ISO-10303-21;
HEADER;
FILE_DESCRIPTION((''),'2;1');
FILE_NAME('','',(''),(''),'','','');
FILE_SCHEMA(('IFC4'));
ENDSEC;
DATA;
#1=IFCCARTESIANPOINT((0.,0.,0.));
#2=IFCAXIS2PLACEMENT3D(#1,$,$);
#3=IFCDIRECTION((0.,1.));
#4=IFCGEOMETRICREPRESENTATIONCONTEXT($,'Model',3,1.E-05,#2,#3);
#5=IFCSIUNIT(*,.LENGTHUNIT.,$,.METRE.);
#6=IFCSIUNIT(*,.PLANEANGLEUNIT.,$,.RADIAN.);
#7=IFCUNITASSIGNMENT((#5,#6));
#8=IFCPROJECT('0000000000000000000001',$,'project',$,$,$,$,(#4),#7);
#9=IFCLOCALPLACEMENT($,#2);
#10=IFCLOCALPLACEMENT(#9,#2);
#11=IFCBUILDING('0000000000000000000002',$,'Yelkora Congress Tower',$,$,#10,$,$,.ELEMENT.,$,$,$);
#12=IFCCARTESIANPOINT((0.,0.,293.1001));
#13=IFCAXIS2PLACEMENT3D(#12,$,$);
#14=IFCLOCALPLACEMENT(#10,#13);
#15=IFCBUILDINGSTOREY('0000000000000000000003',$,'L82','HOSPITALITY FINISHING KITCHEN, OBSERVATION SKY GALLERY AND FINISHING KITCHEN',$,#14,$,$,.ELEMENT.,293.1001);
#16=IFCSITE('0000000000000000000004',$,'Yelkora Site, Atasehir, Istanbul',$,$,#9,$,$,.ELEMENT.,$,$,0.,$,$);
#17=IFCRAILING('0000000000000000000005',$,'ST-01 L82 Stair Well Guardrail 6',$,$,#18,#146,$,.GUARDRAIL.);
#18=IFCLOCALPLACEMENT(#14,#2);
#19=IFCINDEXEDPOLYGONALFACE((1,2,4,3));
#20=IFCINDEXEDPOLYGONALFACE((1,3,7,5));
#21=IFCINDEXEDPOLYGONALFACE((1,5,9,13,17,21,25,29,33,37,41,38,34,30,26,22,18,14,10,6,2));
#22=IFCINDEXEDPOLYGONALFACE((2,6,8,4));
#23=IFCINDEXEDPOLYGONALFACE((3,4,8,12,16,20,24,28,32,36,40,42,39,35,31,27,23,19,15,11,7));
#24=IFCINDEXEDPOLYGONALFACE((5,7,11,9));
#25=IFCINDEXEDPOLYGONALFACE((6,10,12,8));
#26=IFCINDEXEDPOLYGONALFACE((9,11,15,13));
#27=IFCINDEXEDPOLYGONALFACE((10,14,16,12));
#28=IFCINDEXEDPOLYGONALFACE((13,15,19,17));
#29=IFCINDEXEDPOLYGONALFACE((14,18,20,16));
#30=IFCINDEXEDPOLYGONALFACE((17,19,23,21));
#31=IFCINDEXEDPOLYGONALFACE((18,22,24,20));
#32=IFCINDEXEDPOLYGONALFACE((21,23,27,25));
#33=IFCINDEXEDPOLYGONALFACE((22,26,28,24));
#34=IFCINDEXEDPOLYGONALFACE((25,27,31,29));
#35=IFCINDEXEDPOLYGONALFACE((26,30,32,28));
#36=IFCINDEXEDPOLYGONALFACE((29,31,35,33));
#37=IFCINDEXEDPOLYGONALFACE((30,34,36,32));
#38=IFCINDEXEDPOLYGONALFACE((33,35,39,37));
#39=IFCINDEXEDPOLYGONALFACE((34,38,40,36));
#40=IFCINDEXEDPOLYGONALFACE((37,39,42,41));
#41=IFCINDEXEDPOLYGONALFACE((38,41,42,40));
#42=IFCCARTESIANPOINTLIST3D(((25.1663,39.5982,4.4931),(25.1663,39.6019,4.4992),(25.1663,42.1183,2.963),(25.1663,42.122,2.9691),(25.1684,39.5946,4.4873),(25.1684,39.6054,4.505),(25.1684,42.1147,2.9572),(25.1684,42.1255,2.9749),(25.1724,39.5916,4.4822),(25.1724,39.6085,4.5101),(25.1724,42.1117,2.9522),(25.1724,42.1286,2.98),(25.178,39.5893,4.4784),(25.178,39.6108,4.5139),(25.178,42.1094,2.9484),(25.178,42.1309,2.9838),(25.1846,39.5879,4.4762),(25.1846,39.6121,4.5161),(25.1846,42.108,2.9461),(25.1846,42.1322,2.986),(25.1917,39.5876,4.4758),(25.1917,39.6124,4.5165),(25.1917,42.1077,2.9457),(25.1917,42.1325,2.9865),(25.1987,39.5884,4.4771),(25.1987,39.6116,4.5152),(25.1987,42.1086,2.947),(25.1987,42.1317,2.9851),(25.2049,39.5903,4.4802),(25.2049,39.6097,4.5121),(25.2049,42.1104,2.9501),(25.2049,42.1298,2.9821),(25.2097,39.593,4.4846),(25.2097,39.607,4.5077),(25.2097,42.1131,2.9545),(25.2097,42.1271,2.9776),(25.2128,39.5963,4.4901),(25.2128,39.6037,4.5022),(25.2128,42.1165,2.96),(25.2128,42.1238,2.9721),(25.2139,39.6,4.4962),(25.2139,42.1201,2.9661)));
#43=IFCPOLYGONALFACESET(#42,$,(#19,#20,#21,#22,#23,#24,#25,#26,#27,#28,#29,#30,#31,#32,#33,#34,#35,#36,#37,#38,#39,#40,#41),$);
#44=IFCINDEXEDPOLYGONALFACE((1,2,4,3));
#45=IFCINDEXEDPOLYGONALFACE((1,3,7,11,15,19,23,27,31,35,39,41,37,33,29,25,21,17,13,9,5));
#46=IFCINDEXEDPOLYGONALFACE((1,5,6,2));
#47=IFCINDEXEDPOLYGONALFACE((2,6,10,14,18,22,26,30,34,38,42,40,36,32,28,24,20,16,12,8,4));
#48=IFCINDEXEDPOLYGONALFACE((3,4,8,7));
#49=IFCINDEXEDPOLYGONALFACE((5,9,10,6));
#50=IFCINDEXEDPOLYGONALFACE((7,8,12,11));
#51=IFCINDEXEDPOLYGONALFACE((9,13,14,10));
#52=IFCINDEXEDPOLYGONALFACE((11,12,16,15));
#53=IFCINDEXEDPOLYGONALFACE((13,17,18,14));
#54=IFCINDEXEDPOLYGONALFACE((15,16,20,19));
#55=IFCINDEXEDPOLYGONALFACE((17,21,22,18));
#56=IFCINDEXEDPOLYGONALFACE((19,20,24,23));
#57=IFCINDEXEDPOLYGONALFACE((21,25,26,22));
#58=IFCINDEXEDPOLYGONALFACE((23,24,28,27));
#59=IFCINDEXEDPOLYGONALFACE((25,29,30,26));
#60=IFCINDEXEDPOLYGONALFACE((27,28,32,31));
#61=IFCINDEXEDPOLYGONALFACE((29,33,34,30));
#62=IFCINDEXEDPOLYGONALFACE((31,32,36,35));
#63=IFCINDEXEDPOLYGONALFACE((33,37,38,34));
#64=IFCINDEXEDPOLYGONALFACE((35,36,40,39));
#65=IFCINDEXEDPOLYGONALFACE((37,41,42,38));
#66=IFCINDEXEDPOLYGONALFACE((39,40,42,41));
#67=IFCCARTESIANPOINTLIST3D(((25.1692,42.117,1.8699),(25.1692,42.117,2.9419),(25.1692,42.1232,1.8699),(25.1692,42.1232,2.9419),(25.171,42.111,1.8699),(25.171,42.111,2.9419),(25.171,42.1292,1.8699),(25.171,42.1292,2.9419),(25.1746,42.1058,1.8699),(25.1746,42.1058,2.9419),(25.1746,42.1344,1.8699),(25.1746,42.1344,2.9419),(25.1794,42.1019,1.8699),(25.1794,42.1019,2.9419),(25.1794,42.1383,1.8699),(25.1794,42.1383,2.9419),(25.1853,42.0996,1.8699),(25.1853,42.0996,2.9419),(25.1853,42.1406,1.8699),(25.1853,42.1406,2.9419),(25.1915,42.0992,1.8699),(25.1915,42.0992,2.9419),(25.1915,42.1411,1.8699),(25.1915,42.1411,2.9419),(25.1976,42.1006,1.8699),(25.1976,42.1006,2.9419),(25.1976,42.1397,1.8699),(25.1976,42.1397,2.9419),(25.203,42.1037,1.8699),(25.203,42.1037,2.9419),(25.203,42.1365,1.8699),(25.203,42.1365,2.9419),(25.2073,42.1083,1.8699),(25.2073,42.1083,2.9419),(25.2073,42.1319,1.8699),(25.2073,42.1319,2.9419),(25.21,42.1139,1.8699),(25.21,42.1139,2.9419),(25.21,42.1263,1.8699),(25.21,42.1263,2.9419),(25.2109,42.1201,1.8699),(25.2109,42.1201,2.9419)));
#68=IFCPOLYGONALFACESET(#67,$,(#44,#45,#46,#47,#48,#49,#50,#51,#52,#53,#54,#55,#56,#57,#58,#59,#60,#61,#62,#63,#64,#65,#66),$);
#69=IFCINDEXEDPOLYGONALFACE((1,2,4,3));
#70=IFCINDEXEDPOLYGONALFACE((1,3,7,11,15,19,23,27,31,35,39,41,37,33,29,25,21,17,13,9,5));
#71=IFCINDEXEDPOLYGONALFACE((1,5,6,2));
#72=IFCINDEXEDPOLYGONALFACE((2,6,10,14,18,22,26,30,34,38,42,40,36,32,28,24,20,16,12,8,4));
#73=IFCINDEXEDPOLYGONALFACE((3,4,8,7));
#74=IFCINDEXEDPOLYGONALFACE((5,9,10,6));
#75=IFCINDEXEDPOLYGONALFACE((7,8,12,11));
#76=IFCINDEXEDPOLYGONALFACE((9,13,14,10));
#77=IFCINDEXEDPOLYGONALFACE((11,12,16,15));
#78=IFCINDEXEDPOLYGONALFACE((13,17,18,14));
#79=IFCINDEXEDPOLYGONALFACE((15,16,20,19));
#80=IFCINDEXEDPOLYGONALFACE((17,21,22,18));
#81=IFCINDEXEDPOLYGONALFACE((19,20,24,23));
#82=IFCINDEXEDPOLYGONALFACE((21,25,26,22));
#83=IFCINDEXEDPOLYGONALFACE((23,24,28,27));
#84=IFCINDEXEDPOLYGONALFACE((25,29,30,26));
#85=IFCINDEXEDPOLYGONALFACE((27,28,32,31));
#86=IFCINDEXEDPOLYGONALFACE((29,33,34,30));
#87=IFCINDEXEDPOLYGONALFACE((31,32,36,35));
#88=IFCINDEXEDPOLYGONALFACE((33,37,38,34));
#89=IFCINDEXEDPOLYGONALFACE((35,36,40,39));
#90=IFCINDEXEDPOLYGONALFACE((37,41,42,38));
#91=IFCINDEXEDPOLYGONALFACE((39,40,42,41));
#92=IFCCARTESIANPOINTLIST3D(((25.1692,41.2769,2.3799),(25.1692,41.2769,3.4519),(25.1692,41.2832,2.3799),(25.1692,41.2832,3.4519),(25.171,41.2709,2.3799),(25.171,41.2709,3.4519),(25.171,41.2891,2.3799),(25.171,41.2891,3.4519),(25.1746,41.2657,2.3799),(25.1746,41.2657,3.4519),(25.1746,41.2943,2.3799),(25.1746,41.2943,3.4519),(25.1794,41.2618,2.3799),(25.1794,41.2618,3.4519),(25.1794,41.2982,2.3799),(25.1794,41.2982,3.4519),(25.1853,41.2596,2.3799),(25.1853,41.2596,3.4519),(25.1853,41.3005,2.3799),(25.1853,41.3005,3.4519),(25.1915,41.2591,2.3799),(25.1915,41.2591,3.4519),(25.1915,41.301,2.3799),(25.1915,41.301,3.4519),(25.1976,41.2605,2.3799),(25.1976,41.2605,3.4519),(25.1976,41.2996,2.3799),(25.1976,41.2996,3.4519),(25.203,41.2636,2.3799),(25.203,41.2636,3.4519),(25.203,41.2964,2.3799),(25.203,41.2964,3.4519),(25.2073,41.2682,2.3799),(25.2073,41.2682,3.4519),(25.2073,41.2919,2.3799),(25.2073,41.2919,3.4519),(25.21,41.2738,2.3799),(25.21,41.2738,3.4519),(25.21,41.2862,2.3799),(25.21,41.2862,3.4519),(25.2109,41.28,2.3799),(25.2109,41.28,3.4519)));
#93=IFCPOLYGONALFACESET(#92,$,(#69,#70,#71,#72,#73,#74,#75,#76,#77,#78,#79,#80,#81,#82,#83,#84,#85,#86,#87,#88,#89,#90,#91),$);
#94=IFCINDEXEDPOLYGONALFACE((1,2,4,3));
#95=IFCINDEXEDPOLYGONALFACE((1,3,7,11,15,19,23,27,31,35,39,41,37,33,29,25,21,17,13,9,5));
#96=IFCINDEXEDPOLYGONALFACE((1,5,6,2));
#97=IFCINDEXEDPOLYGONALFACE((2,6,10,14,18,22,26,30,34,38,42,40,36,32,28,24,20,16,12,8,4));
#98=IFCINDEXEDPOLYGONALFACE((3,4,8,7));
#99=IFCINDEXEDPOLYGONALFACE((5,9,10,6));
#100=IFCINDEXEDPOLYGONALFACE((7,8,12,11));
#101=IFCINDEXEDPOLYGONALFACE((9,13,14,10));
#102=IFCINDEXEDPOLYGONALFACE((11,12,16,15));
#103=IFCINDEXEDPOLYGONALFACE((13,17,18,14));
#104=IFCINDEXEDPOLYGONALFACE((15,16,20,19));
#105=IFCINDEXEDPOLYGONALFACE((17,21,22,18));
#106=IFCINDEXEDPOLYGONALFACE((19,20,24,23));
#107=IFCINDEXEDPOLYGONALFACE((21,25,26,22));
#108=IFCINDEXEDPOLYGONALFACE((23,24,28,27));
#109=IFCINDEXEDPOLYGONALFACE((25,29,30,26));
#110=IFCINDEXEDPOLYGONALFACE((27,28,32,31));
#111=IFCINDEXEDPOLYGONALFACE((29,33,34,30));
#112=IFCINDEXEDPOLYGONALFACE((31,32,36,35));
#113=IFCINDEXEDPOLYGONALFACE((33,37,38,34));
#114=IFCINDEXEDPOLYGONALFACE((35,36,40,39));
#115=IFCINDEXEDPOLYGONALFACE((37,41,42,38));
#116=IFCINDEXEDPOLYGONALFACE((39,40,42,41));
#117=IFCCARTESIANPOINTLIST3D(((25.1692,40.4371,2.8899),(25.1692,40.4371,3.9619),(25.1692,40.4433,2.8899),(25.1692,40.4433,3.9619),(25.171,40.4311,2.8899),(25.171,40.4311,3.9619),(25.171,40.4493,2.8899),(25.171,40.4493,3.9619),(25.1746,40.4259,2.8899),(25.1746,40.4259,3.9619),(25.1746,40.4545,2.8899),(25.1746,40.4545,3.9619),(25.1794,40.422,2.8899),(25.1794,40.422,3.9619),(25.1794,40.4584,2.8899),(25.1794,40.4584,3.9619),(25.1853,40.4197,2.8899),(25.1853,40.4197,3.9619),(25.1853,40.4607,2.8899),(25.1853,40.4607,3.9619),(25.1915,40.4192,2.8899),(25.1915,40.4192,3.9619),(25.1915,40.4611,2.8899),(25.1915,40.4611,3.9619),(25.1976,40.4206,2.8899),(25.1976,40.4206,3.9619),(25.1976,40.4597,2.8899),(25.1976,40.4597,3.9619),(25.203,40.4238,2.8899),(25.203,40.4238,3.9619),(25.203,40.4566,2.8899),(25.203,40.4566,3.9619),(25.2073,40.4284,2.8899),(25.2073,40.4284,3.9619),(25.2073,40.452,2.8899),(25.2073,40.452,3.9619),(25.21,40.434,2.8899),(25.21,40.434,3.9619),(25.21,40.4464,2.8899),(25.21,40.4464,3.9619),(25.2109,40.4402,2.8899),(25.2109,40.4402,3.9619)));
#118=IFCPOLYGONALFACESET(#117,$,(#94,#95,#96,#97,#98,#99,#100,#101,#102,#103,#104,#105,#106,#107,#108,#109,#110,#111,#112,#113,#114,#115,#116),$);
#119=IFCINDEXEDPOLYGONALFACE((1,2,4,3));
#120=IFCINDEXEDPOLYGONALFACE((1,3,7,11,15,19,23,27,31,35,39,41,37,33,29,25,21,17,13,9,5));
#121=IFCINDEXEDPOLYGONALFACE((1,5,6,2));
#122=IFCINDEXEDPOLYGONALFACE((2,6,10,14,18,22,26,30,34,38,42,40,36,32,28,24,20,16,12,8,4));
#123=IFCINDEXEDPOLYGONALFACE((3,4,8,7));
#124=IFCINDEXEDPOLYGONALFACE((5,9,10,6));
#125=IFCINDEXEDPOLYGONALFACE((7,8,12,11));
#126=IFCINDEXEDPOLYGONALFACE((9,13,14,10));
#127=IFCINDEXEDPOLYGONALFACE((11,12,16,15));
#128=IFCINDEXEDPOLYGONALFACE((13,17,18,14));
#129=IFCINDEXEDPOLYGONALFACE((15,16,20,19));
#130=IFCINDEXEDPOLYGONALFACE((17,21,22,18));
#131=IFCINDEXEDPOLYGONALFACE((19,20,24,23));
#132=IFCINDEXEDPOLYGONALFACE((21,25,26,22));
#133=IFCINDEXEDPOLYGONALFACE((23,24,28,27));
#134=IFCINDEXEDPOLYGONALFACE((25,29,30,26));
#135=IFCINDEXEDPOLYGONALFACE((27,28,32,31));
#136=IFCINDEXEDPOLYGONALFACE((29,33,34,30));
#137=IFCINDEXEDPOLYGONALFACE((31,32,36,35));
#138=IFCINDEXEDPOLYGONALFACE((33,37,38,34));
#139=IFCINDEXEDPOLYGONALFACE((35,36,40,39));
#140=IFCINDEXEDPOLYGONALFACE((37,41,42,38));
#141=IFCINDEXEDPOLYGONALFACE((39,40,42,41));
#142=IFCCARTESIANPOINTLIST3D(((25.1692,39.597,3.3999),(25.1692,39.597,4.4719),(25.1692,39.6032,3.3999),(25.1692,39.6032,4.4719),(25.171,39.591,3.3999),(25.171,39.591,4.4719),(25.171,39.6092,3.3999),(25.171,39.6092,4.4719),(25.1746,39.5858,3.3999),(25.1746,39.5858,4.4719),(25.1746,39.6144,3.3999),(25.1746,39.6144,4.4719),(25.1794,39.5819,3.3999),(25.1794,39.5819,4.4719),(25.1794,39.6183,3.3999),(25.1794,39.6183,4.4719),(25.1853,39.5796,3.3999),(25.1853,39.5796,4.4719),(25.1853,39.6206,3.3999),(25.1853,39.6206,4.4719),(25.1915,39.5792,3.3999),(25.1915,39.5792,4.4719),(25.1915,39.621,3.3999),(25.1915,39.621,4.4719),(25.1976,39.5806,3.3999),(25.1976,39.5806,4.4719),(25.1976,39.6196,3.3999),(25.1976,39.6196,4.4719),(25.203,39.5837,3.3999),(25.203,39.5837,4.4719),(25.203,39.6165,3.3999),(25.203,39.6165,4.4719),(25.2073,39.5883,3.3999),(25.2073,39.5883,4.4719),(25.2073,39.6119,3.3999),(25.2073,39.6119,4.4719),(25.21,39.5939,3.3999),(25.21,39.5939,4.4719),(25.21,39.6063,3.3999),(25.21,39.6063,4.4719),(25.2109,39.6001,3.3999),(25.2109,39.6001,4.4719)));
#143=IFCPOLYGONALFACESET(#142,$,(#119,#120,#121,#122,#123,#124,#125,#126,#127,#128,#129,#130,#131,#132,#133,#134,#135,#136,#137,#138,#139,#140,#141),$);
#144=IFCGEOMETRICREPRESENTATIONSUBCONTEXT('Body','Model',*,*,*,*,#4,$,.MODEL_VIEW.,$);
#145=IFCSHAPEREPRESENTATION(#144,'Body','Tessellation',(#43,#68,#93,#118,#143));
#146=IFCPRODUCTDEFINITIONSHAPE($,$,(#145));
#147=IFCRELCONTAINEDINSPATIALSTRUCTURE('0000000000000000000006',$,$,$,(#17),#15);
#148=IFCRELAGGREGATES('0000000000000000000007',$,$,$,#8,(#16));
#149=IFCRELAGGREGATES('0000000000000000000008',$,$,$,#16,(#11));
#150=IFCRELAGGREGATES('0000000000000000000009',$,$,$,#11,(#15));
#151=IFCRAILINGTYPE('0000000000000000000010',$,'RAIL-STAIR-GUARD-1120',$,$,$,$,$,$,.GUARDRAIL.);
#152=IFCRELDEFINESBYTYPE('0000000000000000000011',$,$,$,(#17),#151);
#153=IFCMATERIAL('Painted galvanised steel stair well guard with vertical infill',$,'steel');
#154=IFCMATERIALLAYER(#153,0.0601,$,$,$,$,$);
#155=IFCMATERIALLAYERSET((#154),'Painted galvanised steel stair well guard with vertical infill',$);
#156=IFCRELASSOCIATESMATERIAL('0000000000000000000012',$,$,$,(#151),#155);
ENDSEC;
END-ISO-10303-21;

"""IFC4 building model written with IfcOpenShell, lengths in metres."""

from ifc_helpers import new_model, si_unit, direction, frame, origin, origin_2d, place, context, subcontext, project, spatial, circle, extrude, material, layer, layer_set, type_object, element, save


model = new_model("IFC4")

# Units and contexts
model_context = context("Model", 3, precision=1e-05, world=origin(), true_north=direction((0.0, 1.0)))
body_context = subcontext(model_context, "Body", "Model", "MODEL_VIEW")
ifc_project = project(units=[si_unit("LENGTHUNIT", "METRE"), si_unit("PLANEANGLEUNIT", "RADIAN")], contexts=[model_context])

# Site, building, storey
site_placement = place(None, origin())
site = spatial("IfcSite", under=ifc_project, at=site_placement, Name="Yelkora Site, Atasehir, Istanbul", CompositionType="ELEMENT", RefElevation=0.0)
building_placement = place(site_placement, origin())
building = spatial("IfcBuilding", under=site, at=building_placement, Name="Yelkora Congress Tower", CompositionType="ELEMENT")
storey_placement = place(building_placement, frame((0.0, 0.0, 293.1001)))
storey = spatial("IfcBuildingStorey", under=building, at=storey_placement, Name="L82", Description="HOSPITALITY FINISHING KITCHEN, OBSERVATION SKY GALLERY AND FINISHING KITCHEN", CompositionType="ELEMENT", Elevation=293.1001)

# Railing
ifc_material_1 = material(Name="Painted galvanised steel stair well guard with vertical infill", Category="steel")
ifc_layer_1 = layer(ifc_material_1, 0.0601)
ifc_layer_set_1 = layer_set([ifc_layer_1], Name="Painted galvanised steel stair well guard with vertical infill")
railing_type_1 = type_object("IfcRailingType", Name="RAIL-STAIR-GUARD-1120", PredefinedType="GUARDRAIL", material=ifc_layer_set_1)
railing_1_placement = place(storey_placement, frame((25.1899, 42.1201, 1.8699)))
element("IfcRailing", 1, at=railing_1_placement, inside=storey, type_object=railing_type_1, Name="ST-01 L82 Stair Well Guardrail 6", PredefinedType="GUARDRAIL", context=body_context, shape_type="SweptSolid", body=[
    extrude(circle(Radius=0.0239, at=origin_2d()), frame((0.0, 0.0, 1.0962), z_axis=(0.0, -0.854785, 0.518982), x_axis=(1.0, 0.0, 0.0)), (0.0, 0.0, 1.0), 2.9482),
    extrude(circle(Radius=0.021, at=origin_2d()), origin(), (0.0, 0.0, 1.0), 1.072),
    extrude(circle(Radius=0.021, at=origin_2d()), frame((0.0, -0.8401, 0.51)), (0.0, 0.0, 1.0), 1.072),
    extrude(circle(Radius=0.021, at=origin_2d()), frame((0.0, -1.6799, 1.02)), (0.0, 0.0, 1.0), 1.072),
    extrude(circle(Radius=0.021, at=origin_2d()), frame((0.0, -2.52, 1.53)), (0.0, 0.0, 1.0), 1.072),
])

save(model, "model.ifc")
